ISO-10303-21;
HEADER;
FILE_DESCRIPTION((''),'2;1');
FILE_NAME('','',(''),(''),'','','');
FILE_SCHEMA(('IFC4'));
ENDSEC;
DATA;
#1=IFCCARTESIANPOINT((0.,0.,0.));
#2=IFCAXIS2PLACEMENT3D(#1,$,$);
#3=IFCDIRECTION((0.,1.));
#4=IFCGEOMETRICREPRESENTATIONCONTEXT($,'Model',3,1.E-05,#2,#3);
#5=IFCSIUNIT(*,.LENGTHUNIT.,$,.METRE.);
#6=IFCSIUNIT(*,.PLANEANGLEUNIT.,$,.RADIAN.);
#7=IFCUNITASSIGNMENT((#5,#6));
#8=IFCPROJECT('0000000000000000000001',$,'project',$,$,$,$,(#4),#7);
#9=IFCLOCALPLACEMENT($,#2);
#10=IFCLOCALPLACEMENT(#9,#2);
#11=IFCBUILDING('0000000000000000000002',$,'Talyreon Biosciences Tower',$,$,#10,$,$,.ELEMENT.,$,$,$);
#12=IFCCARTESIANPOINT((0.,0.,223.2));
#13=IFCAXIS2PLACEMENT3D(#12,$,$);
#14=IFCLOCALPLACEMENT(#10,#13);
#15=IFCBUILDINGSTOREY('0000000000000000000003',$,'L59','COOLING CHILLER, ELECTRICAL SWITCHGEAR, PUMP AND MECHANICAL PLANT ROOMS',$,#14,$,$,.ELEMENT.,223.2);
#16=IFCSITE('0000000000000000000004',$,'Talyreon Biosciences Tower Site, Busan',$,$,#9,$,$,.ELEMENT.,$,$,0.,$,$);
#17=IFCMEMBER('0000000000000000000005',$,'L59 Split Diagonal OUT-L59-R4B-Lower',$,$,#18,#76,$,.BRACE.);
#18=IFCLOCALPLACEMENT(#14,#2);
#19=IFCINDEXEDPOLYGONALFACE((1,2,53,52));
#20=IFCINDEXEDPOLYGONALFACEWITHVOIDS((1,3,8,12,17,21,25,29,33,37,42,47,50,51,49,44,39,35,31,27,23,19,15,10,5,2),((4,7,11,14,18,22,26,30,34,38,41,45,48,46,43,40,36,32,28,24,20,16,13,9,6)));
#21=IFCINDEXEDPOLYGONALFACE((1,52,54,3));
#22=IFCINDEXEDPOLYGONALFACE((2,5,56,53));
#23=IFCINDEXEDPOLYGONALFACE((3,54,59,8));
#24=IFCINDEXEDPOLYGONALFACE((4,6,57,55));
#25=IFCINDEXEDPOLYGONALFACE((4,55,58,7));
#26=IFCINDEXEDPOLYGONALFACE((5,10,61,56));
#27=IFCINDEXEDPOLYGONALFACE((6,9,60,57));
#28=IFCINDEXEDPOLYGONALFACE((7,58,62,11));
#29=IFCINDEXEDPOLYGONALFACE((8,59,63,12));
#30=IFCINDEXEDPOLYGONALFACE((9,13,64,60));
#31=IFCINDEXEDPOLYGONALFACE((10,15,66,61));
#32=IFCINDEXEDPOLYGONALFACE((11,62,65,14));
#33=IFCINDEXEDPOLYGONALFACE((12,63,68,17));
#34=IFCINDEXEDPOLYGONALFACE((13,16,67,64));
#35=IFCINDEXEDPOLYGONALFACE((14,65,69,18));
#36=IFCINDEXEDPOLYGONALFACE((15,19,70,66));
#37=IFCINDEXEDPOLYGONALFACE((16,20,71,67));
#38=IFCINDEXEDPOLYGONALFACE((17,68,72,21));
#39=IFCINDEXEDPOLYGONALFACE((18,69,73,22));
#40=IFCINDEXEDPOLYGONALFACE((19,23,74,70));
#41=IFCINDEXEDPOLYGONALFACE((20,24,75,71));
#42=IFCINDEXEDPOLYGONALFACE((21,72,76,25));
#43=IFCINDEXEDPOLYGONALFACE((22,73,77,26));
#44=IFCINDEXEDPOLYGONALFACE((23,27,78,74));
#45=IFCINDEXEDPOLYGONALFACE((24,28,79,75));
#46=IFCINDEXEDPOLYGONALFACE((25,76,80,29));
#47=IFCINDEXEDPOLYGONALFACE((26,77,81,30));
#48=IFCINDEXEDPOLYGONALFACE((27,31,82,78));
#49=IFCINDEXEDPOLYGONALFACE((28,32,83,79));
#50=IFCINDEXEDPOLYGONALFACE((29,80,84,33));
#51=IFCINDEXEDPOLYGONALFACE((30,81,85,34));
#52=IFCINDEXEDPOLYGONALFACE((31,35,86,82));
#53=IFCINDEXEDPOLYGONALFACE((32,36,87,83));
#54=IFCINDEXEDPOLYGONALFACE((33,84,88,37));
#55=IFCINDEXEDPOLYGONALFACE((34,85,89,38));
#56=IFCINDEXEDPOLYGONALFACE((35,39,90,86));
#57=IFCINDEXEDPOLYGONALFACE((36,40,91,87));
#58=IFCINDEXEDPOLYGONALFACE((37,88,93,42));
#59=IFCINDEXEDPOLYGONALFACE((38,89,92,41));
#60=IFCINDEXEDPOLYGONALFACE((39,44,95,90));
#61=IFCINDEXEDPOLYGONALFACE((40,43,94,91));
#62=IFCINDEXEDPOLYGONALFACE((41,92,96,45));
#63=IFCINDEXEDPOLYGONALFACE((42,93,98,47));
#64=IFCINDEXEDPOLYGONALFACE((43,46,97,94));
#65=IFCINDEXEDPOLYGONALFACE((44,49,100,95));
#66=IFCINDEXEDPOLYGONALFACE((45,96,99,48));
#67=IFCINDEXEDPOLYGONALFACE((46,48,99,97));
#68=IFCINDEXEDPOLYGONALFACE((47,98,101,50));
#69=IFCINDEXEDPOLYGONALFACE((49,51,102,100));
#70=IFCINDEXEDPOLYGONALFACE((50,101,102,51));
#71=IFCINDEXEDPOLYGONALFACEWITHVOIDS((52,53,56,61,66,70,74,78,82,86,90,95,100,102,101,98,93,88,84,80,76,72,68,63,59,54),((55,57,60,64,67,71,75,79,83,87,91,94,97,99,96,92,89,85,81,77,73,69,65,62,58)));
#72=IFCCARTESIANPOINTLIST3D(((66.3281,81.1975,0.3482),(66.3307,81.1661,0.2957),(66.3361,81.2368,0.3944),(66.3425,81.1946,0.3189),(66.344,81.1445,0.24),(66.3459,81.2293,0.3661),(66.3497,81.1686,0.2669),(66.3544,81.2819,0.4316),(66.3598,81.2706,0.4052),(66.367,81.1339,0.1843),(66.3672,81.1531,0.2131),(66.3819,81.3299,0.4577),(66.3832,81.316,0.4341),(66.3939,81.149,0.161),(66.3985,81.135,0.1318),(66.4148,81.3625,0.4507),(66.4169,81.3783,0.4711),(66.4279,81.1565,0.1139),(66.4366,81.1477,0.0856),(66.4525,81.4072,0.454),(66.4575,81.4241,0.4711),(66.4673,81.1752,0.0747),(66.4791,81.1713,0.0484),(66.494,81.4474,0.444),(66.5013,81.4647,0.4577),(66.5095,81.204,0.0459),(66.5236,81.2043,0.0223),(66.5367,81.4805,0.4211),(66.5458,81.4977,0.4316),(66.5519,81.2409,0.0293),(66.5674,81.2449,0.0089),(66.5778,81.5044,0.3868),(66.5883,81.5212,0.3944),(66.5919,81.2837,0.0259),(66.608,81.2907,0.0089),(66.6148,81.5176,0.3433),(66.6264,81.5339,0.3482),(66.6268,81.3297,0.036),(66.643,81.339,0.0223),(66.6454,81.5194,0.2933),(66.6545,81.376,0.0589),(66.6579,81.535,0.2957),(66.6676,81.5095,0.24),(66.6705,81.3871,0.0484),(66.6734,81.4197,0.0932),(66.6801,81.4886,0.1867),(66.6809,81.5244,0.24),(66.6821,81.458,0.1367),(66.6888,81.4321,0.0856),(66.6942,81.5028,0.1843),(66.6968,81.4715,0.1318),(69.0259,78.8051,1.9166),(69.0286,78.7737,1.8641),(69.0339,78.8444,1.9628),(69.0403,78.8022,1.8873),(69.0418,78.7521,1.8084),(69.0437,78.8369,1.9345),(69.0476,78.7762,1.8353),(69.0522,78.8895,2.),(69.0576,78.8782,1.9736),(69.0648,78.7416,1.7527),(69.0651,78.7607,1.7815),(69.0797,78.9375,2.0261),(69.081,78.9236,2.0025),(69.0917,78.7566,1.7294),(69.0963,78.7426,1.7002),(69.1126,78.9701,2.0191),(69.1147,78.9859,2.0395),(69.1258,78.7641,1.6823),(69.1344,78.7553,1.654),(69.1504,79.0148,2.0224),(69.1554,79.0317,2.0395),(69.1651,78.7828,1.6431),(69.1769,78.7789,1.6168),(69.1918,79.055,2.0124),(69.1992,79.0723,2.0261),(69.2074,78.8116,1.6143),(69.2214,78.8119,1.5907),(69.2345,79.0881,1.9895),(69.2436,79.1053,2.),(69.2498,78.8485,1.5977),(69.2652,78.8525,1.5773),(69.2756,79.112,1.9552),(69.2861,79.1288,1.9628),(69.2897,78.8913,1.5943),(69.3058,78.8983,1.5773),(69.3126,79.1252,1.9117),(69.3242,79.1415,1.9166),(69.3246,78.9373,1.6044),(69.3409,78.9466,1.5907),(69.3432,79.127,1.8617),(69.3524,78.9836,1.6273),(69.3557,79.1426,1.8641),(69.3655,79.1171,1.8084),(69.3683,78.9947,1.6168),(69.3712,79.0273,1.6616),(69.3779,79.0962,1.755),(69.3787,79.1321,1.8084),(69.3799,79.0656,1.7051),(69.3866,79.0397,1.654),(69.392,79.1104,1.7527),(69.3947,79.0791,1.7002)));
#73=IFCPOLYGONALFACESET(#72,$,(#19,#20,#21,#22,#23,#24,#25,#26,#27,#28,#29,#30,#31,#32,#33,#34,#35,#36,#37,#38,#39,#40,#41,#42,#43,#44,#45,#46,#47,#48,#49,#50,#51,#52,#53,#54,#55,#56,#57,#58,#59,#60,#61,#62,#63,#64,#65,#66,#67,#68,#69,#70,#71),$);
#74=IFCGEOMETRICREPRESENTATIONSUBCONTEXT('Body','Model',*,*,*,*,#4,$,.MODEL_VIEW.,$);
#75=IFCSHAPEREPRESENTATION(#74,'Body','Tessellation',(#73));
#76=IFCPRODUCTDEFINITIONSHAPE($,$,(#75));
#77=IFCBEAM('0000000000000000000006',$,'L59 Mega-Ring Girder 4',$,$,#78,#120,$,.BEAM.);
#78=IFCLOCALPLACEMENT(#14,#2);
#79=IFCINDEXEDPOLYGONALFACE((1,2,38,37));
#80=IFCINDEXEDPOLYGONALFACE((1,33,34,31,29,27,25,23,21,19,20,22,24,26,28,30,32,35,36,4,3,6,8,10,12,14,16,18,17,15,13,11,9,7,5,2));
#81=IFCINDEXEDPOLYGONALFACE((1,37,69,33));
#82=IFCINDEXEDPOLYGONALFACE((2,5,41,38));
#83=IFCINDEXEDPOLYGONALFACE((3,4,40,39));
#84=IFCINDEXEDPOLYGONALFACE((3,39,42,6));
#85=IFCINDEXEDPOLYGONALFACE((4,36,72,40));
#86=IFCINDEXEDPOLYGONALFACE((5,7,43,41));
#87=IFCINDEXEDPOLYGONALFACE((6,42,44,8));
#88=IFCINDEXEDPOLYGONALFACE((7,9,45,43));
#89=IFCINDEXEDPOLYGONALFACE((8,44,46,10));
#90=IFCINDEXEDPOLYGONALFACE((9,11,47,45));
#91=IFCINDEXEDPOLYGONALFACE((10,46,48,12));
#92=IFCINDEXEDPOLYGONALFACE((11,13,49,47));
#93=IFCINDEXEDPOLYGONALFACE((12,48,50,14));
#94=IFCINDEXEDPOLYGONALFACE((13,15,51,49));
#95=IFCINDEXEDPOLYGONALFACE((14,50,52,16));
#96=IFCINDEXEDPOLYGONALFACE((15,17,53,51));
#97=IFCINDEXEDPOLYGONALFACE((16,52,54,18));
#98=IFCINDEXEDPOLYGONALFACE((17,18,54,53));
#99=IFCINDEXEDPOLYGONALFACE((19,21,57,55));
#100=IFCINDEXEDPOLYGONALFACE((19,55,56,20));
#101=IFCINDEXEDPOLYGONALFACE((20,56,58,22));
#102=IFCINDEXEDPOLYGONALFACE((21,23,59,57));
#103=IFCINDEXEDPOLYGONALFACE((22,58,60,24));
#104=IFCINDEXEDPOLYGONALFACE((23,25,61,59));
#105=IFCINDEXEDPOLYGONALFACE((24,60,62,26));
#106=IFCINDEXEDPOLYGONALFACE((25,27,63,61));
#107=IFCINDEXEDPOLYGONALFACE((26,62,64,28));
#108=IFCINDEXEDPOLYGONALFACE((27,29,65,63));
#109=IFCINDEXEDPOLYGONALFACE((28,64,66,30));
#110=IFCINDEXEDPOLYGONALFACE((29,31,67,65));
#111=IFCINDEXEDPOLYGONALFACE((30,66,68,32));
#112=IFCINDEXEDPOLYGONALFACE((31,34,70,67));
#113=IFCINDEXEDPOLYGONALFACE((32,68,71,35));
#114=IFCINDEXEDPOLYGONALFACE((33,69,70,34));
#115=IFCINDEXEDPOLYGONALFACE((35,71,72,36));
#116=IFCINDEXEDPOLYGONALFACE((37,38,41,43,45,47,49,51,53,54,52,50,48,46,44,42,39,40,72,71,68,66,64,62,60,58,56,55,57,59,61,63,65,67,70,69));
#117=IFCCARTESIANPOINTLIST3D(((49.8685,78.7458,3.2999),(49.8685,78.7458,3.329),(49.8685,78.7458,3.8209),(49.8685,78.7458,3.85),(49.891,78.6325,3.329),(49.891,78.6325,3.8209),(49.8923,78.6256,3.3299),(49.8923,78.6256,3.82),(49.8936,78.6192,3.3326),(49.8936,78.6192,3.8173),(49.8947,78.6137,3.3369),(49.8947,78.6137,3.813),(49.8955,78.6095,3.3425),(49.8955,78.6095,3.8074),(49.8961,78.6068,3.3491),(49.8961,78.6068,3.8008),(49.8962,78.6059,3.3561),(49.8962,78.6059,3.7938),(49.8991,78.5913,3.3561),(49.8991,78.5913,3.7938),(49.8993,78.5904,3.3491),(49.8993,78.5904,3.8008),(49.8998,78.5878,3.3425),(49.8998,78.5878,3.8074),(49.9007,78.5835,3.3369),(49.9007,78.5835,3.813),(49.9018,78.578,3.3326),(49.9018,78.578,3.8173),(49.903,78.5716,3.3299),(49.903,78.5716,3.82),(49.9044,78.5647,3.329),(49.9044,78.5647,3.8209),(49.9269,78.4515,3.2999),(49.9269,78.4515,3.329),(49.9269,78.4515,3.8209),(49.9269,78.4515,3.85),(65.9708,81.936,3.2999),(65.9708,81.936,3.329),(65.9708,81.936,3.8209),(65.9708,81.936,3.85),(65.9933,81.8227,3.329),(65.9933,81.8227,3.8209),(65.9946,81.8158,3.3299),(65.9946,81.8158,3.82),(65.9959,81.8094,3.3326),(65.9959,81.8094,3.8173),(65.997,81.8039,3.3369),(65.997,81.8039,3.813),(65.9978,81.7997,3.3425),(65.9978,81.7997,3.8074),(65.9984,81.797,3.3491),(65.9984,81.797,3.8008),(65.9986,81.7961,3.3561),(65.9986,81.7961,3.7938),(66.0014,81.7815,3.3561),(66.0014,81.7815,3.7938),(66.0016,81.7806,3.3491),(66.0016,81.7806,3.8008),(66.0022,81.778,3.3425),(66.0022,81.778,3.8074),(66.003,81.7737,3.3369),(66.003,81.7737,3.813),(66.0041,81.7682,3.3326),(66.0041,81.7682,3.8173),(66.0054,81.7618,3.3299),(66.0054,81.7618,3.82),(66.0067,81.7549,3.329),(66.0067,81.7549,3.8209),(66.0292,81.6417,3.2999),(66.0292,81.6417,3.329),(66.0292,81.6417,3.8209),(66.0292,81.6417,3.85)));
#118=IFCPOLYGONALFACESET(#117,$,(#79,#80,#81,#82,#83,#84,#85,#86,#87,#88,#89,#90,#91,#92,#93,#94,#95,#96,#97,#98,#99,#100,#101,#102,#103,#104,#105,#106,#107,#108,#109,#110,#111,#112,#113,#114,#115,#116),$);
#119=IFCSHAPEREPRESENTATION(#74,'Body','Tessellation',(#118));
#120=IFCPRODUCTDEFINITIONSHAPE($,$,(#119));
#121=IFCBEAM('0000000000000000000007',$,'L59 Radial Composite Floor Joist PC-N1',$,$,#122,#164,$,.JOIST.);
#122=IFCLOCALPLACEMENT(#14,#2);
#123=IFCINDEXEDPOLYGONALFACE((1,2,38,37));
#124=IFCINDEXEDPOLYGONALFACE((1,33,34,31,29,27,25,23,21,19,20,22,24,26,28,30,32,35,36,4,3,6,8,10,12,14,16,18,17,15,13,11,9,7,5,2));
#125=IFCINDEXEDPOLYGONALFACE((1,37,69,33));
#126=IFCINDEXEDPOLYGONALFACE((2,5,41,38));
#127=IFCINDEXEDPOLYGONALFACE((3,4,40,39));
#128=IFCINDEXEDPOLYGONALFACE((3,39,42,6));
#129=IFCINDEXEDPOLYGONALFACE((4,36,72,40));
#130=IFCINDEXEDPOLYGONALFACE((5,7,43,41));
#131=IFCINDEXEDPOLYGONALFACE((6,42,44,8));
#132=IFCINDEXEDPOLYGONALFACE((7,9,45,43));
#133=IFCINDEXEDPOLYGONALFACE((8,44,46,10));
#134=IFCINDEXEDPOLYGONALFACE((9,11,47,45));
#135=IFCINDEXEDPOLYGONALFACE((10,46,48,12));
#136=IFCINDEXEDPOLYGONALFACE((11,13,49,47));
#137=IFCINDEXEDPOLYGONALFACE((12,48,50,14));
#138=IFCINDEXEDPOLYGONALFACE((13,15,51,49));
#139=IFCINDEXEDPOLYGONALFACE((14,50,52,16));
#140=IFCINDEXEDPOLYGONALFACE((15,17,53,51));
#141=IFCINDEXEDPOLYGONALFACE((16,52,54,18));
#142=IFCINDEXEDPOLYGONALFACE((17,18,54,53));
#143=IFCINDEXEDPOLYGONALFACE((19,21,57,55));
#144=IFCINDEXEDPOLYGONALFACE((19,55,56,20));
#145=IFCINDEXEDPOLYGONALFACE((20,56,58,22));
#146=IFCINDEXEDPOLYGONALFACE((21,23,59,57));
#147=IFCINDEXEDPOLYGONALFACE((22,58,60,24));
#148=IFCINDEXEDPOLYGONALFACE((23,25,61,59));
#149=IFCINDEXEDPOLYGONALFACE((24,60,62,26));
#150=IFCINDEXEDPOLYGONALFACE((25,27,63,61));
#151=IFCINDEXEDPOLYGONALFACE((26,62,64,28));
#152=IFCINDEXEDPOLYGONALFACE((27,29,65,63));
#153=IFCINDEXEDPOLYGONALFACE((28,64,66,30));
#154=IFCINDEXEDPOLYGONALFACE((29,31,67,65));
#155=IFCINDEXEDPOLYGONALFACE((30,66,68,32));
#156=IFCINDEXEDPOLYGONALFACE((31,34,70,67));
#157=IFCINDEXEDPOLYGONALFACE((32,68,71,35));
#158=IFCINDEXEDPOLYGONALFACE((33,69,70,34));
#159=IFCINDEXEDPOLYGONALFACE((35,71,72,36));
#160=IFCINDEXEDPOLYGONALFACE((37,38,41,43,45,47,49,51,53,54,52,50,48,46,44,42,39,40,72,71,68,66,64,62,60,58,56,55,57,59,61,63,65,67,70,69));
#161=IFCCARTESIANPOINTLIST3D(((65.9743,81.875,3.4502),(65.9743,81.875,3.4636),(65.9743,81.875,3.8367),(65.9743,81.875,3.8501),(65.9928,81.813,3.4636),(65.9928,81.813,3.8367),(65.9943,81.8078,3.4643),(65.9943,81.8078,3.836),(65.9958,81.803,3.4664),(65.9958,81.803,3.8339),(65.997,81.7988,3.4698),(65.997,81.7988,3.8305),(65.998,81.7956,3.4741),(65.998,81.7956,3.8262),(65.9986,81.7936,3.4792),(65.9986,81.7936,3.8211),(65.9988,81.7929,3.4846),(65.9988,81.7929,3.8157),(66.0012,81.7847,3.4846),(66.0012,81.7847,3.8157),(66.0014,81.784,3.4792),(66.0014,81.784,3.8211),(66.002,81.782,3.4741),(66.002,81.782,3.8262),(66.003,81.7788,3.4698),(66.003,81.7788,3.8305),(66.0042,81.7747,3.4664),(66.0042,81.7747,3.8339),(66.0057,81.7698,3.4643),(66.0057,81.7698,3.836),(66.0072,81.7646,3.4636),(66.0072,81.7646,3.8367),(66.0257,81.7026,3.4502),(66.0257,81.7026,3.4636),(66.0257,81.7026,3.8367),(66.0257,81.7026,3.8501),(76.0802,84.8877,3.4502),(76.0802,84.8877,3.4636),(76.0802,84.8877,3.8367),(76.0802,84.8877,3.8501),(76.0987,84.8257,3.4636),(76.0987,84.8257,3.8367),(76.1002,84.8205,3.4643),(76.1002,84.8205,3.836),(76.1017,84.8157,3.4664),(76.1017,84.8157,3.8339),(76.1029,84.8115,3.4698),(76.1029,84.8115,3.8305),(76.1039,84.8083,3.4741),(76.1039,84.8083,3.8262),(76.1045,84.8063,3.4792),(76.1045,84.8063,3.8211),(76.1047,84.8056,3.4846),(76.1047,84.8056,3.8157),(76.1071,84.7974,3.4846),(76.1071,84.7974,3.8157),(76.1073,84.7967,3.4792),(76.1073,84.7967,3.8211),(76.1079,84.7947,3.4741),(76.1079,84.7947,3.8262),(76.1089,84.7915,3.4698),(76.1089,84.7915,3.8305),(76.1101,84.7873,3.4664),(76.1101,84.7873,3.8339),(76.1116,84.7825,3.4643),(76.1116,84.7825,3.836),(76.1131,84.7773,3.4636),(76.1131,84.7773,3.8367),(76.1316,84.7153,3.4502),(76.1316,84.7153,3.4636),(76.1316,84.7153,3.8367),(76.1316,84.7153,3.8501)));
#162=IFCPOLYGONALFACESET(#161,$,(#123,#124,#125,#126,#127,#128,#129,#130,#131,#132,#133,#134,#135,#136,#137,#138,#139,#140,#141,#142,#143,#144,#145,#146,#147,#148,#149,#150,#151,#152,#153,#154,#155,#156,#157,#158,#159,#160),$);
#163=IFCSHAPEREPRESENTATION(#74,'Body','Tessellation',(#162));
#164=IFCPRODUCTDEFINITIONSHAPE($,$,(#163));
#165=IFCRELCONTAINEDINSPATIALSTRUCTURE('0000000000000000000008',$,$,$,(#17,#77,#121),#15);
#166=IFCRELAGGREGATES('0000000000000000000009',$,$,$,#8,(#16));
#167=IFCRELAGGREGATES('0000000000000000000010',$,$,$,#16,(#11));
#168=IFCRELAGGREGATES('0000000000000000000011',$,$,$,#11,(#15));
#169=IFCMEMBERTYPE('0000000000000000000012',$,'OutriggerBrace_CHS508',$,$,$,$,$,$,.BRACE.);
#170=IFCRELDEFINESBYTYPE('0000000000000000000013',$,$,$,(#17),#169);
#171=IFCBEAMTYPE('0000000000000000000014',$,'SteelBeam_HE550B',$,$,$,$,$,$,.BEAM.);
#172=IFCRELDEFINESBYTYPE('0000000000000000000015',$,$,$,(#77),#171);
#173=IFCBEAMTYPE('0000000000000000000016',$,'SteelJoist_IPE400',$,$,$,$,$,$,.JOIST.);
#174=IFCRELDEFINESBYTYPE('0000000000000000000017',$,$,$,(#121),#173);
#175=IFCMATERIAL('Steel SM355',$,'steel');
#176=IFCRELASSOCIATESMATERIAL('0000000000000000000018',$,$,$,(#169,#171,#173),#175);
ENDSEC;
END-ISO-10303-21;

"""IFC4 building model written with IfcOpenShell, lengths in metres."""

from ifc_helpers import new_model, si_unit, direction, frame, origin, origin_2d, place, context, subcontext, project, spatial, hollow_circle, i_section, extrude, material, material_profile, profile_set, type_object, element, save


model = new_model("IFC4")

# Units and contexts
model_context = context("Model", 3, precision=1e-05, world=origin(), true_north=direction((0.0, 1.0)))
body_context = subcontext(model_context, "Body", "Model", "MODEL_VIEW")
ifc_project = project(units=[si_unit("LENGTHUNIT", "METRE"), si_unit("PLANEANGLEUNIT", "RADIAN")], contexts=[model_context])

# Site, building, storey
site_placement = place(None, origin())
site = spatial("IfcSite", under=ifc_project, at=site_placement, Name="Talyreon Biosciences Tower Site, Busan", CompositionType="ELEMENT", RefElevation=0.0)
building_placement = place(site_placement, origin())
building = spatial("IfcBuilding", under=site, at=building_placement, Name="Talyreon Biosciences Tower", CompositionType="ELEMENT")
storey_placement = place(building_placement, frame((0.0, 0.0, 223.2)))
storey = spatial("IfcBuildingStorey", under=building, at=storey_placement, Name="L59", Description="COOLING CHILLER, ELECTRICAL SWITCHGEAR, PUMP AND MECHANICAL PLANT ROOMS", CompositionType="ELEMENT", Elevation=223.2)

# Shared definitions
ifc_material_1 = material(Name="Steel SM355", Category="steel")

# Member
ifc_material_profile_1 = material_profile(ifc_material_1, hollow_circle(Radius=0.2539, WallThickness=0.02, at=origin_2d()), Name="CHS 508x20")
ifc_profile_set_1 = profile_set([ifc_material_profile_1], Name="Steel SM355")
member_type_1 = type_object("IfcMemberType", Name="OutriggerBrace_CHS508", PredefinedType="BRACE", material=ifc_profile_set_1)
member_1_placement = place(storey_placement, frame((66.5125, 81.3345, 0.24), z_axis=(0.686096, -0.608422, 0.398867), x_axis=(0.663485, 0.74819, 0.0)))
element("IfcMember", 1, at=member_1_placement, inside=storey, type_object=member_type_1, Name="L59 Split Diagonal OUT-L59-R4B-Lower", PredefinedType="BRACE", context=body_context, shape_type="SweptSolid", body=[
    extrude(hollow_circle(Radius=0.2539, WallThickness=0.02, at=origin_2d()), origin(), (0.0, 0.0, 1.0), 3.9321),
])

# Beams
ifc_material_profile_2 = material_profile(ifc_material_1, i_section(OverallWidth=0.3, OverallDepth=0.55, WebThickness=0.0149, FlangeThickness=0.0291, FilletRadius=0.0271, at=origin_2d()), Name="HE550B")
ifc_profile_set_2 = profile_set([ifc_material_profile_2], Name="Steel SM355")
beam_type_1 = type_object("IfcBeamType", Name="SteelBeam_HE550B", PredefinedType="BEAM", material=ifc_profile_set_2)
beam_1_placement = place(storey_placement, frame((66.0, 81.7888, 3.575), z_axis=(-0.980934, -0.194343, 0.0), x_axis=(0.194343, -0.980934, 0.0)))
element("IfcBeam", 2, at=beam_1_placement, inside=storey, type_object=beam_type_1, Name="L59 Mega-Ring Girder 4", PredefinedType="BEAM", context=body_context, shape_type="SweptSolid", body=[
    extrude(i_section(OverallWidth=0.3, OverallDepth=0.55, WebThickness=0.0149, FlangeThickness=0.0291, FilletRadius=0.0271, at=origin_2d()), origin(), (0.0, 0.0, 1.0), 16.4153),
])
ifc_material_profile_3 = material_profile(ifc_material_1, i_section(OverallWidth=0.1799, OverallDepth=0.3999, WebThickness=0.0085, FlangeThickness=0.0134, FilletRadius=0.021, at=origin_2d()), Name="IPE400")
ifc_profile_set_3 = profile_set([ifc_material_profile_3], Name="Steel SM355")
beam_type_2 = type_object("IfcBeamType", Name="SteelJoist_IPE400", PredefinedType="JOIST", material=ifc_profile_set_3)
for number, where, z_axis, x_axis, name in (
    (3, (66.0, 81.7888, 3.6501), (0.958323, 0.285687, 0.0), (-0.285687, 0.958323, 0.0), "L59 Radial Composite Floor Joist PC-N1"),
):
    element("IfcBeam", number, at=place(storey_placement, frame(where, z_axis=z_axis, x_axis=x_axis)), inside=storey, type_object=beam_type_2, Name=name, PredefinedType="JOIST", context=body_context, shape_type="SweptSolid", body=[
        extrude(i_section(OverallWidth=0.1799, OverallDepth=0.3999, WebThickness=0.0085, FlangeThickness=0.0134, FilletRadius=0.021, at=origin_2d()), origin(), (0.0, 0.0, 1.0), 10.5454),
    ])

save(model, "model.ifc")
